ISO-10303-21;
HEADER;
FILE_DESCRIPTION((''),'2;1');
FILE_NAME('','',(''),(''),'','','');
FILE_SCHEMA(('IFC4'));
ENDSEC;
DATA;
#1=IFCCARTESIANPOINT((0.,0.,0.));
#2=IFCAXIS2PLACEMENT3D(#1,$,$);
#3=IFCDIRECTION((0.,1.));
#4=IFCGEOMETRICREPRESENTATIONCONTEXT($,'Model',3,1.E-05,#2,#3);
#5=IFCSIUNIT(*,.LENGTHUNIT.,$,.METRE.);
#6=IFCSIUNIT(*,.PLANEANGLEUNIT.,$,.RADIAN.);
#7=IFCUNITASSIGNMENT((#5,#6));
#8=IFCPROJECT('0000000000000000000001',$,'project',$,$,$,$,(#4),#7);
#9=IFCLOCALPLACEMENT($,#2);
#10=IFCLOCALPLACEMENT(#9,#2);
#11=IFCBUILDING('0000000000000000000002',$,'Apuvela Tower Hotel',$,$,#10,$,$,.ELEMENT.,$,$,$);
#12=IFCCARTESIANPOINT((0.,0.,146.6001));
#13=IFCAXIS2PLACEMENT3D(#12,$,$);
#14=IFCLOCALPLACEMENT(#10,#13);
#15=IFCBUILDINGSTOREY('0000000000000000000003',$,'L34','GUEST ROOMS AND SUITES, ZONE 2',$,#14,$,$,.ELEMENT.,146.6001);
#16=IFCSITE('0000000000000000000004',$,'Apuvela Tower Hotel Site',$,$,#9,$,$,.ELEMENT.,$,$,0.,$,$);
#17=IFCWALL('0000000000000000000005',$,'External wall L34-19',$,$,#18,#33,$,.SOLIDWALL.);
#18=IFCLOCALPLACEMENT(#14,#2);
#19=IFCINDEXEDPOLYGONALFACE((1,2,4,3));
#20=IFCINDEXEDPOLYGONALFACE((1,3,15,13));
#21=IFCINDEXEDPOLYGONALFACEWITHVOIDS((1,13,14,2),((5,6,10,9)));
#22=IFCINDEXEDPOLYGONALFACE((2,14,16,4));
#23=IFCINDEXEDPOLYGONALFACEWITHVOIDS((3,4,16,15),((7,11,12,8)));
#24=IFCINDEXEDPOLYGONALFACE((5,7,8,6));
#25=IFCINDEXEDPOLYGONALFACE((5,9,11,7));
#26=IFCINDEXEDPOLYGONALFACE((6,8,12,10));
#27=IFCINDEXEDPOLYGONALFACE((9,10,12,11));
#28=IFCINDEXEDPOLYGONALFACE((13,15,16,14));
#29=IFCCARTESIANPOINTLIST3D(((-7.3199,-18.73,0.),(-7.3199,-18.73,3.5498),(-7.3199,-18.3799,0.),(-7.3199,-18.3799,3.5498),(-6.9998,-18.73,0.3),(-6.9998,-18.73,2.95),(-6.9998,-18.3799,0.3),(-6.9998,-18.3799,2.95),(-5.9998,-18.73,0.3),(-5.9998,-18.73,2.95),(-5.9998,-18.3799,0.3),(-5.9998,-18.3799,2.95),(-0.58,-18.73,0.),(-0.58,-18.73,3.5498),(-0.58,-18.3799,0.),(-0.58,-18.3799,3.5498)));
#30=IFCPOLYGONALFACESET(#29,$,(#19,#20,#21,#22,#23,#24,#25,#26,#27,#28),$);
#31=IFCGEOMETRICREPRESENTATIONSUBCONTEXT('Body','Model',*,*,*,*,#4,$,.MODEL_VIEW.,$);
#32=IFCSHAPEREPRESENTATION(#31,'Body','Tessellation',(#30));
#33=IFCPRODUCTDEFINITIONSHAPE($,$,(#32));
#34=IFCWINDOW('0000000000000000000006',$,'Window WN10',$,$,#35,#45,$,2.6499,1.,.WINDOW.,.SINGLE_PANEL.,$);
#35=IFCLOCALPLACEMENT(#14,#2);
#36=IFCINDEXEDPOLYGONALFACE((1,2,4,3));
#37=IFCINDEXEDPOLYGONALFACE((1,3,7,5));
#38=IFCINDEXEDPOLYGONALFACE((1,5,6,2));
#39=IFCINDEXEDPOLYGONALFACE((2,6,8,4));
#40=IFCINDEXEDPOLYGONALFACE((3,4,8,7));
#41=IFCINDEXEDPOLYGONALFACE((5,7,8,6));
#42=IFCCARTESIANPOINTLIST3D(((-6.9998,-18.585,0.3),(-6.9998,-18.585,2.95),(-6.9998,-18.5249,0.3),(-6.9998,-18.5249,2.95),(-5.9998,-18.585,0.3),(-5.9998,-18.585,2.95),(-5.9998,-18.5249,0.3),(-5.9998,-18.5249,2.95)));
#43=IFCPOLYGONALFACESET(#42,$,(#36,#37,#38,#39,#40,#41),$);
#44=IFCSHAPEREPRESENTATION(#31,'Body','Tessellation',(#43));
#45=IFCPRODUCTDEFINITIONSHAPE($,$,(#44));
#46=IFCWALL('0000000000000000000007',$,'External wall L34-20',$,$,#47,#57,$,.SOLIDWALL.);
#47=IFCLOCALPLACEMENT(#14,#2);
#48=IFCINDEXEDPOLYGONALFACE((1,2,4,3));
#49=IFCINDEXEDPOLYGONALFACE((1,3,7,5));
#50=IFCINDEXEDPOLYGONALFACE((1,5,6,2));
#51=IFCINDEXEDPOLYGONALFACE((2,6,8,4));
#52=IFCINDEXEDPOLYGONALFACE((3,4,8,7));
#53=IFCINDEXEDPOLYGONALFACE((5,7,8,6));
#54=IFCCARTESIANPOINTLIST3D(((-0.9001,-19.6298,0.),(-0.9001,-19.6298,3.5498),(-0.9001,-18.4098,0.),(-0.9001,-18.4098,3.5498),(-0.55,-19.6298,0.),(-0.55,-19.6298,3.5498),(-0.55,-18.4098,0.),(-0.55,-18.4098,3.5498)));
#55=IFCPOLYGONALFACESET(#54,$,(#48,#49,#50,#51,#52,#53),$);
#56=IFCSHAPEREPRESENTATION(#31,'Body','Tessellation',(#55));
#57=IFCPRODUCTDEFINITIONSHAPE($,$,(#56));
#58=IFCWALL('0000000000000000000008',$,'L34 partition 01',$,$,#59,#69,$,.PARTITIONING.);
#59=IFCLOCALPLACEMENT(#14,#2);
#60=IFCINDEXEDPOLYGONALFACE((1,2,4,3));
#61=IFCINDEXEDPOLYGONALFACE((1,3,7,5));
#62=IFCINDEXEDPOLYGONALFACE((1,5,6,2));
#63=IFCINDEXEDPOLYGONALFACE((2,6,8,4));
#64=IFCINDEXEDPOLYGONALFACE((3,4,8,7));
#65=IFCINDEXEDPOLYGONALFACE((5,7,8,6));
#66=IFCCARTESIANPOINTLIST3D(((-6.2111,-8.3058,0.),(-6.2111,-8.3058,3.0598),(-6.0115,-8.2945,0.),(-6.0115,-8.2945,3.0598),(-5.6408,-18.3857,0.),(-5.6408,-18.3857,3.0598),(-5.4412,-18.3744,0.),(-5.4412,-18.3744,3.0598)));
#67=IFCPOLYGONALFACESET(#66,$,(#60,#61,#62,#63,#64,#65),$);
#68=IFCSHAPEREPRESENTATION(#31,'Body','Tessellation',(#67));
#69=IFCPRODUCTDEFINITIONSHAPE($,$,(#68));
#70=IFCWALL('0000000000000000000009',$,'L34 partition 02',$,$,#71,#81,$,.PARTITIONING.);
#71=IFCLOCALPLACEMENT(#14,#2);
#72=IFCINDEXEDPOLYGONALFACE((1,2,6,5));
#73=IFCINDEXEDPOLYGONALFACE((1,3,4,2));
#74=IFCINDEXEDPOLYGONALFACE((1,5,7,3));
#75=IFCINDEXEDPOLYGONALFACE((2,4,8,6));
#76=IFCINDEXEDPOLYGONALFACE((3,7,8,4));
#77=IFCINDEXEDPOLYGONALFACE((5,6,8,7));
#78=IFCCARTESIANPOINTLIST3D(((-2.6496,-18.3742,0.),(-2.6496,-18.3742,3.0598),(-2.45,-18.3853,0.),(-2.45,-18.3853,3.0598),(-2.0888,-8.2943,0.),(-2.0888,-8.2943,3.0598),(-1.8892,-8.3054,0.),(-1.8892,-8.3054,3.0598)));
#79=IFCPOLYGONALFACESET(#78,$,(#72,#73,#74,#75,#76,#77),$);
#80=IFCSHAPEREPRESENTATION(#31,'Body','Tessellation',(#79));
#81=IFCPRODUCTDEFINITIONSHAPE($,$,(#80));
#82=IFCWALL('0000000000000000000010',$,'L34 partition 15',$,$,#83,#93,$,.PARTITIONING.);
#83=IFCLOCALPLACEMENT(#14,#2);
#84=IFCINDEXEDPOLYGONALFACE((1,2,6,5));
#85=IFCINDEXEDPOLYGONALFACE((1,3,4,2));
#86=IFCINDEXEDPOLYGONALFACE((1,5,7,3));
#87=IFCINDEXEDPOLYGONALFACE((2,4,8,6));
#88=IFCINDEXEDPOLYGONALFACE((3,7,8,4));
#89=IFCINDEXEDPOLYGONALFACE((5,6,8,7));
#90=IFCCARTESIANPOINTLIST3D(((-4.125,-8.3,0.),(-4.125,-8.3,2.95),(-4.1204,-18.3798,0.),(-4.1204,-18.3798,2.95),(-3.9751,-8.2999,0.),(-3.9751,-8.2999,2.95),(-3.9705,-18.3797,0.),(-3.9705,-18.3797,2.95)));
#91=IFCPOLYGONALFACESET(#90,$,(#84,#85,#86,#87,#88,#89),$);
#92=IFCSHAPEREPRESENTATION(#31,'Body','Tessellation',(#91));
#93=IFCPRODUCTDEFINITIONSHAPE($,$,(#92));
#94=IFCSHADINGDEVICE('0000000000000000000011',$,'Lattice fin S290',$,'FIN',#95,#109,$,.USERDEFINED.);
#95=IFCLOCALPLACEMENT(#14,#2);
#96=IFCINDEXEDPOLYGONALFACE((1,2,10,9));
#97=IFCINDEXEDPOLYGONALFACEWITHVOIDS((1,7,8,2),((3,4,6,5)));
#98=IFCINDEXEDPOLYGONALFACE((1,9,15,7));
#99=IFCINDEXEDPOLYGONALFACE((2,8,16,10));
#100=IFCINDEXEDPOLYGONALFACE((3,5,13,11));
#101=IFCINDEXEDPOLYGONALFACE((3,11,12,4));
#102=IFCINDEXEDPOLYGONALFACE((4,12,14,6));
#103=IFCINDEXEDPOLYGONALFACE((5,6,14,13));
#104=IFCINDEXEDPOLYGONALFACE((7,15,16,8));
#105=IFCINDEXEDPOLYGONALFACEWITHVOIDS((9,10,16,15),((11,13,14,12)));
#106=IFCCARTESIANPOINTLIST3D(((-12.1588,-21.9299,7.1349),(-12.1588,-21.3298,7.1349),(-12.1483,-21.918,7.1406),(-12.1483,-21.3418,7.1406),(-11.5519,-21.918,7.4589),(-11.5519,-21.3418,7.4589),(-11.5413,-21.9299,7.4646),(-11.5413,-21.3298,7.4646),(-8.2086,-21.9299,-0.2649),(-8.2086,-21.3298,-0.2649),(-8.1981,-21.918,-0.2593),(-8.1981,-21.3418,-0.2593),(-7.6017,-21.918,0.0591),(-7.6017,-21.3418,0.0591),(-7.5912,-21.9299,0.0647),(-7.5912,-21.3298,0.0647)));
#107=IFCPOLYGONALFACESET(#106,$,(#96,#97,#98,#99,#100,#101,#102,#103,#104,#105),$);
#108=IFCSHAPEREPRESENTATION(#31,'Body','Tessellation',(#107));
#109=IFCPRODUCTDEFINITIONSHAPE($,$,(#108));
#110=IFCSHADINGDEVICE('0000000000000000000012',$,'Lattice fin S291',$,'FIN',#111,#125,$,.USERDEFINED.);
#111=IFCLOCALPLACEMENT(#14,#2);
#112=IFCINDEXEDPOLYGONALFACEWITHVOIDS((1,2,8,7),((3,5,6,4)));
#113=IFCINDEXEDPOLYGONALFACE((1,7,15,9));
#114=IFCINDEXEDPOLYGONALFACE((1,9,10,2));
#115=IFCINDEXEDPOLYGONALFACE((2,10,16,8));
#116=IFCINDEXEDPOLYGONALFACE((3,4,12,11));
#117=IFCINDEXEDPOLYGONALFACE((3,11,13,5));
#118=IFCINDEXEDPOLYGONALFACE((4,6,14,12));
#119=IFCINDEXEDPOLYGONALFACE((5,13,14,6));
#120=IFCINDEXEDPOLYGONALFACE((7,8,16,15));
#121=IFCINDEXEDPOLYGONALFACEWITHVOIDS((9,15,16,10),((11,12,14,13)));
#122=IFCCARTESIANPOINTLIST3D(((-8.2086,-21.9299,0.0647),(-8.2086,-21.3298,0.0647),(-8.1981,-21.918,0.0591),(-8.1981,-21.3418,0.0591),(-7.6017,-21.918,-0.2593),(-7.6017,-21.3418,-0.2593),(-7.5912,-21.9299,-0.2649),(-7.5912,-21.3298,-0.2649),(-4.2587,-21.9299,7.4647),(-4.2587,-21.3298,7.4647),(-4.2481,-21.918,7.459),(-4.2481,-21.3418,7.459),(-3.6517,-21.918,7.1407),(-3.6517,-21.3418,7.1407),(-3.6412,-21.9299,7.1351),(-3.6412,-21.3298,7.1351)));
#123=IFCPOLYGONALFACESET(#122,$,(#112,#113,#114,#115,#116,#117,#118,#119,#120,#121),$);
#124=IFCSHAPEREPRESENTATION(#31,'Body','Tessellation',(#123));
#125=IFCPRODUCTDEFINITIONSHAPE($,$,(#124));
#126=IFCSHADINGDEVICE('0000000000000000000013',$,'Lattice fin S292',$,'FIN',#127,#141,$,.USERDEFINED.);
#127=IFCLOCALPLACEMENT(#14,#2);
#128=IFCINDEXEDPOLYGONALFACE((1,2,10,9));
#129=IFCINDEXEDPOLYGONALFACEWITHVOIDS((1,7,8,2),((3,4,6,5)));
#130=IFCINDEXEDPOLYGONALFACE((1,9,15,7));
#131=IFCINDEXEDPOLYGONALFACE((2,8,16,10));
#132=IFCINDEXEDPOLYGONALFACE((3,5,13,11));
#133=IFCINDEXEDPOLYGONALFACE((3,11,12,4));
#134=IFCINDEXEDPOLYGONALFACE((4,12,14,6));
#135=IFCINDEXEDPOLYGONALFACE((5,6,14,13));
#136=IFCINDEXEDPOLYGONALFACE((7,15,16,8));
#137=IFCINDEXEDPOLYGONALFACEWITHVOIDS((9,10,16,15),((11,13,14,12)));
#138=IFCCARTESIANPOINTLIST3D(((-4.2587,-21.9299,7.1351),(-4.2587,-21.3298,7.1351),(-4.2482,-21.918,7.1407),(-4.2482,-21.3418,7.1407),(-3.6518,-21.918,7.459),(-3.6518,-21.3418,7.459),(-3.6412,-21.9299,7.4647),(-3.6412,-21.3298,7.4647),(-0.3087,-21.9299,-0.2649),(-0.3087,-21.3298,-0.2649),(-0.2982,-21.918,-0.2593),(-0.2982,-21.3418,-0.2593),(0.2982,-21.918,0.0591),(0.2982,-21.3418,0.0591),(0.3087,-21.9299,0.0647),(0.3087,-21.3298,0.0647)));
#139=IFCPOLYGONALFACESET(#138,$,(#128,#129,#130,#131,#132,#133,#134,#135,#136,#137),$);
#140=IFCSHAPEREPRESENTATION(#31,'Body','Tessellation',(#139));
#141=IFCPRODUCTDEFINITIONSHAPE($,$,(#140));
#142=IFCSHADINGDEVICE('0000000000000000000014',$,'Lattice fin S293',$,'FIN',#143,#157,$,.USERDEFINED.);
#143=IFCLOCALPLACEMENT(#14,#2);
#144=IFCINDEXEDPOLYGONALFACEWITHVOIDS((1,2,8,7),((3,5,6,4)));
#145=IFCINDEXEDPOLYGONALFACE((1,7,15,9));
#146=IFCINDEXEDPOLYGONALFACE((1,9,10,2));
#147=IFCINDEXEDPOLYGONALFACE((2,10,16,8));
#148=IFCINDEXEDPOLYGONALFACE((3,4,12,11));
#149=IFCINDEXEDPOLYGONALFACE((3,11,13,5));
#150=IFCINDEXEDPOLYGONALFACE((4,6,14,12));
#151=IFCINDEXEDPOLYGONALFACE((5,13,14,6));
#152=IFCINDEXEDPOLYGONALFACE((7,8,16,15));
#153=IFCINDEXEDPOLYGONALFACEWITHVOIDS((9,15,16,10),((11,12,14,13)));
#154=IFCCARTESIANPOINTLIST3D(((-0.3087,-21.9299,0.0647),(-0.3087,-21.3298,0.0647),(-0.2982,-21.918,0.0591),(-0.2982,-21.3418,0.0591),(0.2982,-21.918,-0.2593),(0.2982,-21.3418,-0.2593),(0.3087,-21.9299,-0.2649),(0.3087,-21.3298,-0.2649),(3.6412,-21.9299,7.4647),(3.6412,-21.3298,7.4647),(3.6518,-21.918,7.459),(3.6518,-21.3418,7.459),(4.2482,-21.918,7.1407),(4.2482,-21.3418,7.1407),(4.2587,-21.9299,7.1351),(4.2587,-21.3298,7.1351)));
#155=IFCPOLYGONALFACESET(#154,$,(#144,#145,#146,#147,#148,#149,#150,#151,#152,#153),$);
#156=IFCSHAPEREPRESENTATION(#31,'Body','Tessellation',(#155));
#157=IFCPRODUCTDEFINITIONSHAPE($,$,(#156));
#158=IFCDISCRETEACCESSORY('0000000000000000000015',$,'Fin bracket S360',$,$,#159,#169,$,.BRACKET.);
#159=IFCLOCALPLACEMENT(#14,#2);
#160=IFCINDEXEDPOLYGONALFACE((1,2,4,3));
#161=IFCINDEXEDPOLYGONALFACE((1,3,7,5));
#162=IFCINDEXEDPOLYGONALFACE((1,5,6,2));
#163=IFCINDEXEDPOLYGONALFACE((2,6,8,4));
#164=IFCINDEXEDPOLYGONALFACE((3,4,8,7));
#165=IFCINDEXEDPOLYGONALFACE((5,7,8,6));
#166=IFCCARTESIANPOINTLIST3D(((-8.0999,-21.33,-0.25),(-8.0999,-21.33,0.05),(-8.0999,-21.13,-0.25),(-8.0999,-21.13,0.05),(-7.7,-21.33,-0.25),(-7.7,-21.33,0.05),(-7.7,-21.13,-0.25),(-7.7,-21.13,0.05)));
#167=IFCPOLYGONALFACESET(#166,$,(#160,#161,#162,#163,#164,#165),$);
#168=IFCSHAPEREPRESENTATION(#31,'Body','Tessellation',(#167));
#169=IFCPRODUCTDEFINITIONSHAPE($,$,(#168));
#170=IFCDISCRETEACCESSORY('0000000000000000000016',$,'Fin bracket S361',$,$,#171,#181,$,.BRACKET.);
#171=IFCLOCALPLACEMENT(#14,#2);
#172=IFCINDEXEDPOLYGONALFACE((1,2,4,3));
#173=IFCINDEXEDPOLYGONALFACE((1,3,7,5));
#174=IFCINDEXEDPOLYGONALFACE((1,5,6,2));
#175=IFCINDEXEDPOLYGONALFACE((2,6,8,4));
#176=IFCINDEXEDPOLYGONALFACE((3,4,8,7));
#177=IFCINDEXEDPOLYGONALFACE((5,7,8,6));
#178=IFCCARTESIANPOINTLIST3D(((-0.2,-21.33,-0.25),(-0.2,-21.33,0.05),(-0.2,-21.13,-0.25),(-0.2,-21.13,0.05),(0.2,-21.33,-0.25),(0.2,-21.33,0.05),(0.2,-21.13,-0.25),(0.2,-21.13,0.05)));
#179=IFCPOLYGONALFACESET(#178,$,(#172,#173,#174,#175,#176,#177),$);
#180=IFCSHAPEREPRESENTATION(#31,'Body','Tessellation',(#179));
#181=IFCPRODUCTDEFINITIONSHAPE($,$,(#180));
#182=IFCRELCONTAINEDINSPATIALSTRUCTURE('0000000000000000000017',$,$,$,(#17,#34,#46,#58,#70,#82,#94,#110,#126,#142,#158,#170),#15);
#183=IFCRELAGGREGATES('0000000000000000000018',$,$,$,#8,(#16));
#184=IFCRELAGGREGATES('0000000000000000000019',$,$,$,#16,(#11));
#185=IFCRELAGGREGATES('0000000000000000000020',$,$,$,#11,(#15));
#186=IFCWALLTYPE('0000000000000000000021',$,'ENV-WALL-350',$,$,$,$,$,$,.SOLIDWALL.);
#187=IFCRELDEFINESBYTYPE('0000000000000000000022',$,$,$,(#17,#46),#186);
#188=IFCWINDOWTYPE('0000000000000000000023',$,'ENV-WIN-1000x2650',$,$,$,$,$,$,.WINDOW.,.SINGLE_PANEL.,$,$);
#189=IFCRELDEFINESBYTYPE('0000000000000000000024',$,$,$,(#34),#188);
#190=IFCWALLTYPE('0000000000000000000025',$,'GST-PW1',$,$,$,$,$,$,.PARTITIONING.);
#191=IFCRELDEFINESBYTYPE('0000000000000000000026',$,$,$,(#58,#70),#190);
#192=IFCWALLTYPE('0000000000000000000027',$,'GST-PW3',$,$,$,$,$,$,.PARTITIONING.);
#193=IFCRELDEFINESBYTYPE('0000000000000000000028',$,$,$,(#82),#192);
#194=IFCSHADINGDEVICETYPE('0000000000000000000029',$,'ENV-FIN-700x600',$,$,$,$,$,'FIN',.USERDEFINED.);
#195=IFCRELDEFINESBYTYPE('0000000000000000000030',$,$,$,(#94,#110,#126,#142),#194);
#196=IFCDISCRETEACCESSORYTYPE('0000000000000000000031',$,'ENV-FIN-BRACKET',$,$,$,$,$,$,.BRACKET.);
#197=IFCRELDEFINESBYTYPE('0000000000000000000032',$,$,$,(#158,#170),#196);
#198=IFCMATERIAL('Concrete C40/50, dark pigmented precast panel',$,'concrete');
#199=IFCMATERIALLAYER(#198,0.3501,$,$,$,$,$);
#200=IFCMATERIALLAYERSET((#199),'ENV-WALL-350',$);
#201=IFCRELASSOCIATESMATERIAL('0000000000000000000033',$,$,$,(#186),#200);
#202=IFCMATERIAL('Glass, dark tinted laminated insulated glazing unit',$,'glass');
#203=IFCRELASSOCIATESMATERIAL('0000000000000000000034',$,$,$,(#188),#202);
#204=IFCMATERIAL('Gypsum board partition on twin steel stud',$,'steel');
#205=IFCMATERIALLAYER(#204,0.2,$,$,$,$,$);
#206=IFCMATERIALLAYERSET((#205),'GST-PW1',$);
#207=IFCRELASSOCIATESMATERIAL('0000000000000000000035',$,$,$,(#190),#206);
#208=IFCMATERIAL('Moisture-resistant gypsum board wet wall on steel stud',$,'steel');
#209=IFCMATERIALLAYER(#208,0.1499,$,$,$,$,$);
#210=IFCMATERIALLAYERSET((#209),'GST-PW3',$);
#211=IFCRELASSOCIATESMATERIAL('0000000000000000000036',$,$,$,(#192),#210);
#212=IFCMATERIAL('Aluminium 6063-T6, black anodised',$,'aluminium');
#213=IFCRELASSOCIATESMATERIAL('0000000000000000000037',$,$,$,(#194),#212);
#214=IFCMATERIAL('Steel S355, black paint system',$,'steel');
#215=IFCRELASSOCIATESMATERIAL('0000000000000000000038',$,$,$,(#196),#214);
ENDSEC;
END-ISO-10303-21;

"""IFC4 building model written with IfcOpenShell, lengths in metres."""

from ifc_helpers import new_model, si_unit, direction, frame, frame_2d, origin, origin_2d, place, context, subcontext, project, spatial, rectangle, hollow_rectangle, extrude, material, layer, layer_set, material_profile, profile_set, type_object, element, fill, save


model = new_model("IFC4")

# Units and contexts
model_context = context("Model", 3, precision=1e-05, world=origin(), true_north=direction((0.0, 1.0)))
body_context = subcontext(model_context, "Body", "Model", "MODEL_VIEW")
ifc_project = project(units=[si_unit("LENGTHUNIT", "METRE"), si_unit("PLANEANGLEUNIT", "RADIAN")], contexts=[model_context])

# Site, building, storey
site_placement = place(None, origin())
site = spatial("IfcSite", under=ifc_project, at=site_placement, Name="Apuvela Tower Hotel Site", CompositionType="ELEMENT", RefElevation=0.0)
building_placement = place(site_placement, origin())
building = spatial("IfcBuilding", under=site, at=building_placement, Name="Apuvela Tower Hotel", CompositionType="ELEMENT")
storey_placement = place(building_placement, frame((0.0, 0.0, 146.6001)))
storey = spatial("IfcBuildingStorey", under=building, at=storey_placement, Name="L34", Description="GUEST ROOMS AND SUITES, ZONE 2", CompositionType="ELEMENT", Elevation=146.6001)

# Shared definitions
ifc_material_1 = material(Name="Concrete C40/50, dark pigmented precast panel", Category="concrete")
ifc_layer_1 = layer(ifc_material_1, 0.3501)
ifc_layer_set_1 = layer_set([ifc_layer_1], Name="ENV-WALL-350")
wall_type_1 = type_object("IfcWallType", Name="ENV-WALL-350", PredefinedType="SOLIDWALL", material=ifc_layer_set_1)

# Wall, opening, window
wall_1_placement = place(storey_placement, frame((-7.3201, -18.5549, 0.0), z_axis=(0.0, 0.0, 1.0), x_axis=(1.0, 0.0, 0.0)))
wall_1 = element("IfcWall", 1, at=wall_1_placement, inside=storey, type_object=wall_type_1, Name="External wall L34-19", PredefinedType="SOLIDWALL", context=body_context, shape_type="SweptSolid", body=[
    extrude(rectangle(XDim=6.74, YDim=0.3501, at=frame_2d((3.3701, 0.0))), origin(), (0.0, 0.0, 1.0), 3.5498),
])
opening_1_placement = place(wall_1_placement, frame((0.3203, 0.0, 0.3)))
opening_1 = element("IfcOpeningElement", 2, at=opening_1_placement, cuts=wall_1, PredefinedType="OPENING", context=body_context, shape_type="SweptSolid", body=[
    extrude(rectangle(XDim=1.0, YDim=2.6499, at=frame_2d((0.5, 1.325))), frame((0.0, 0.1851, 0.0), z_axis=(0.0, -1.0, 0.0), x_axis=(1.0, 0.0, 0.0)), (0.0, 0.0, 1.0), 0.3701),
])
ifc_material_2 = material(Name="Glass, dark tinted laminated insulated glazing unit", Category="glass")
window_type = type_object("IfcWindowType", Name="ENV-WIN-1000x2650", PartitioningType="SINGLE_PANEL", PredefinedType="WINDOW", material=ifc_material_2)
window_placement = place(opening_1_placement, origin())
window = element("IfcWindow", 3, at=window_placement, inside=storey, type_object=window_type, Name="Window WN10", OverallHeight=2.6499, OverallWidth=1.0, PartitioningType="SINGLE_PANEL", PredefinedType="WINDOW", context=body_context, shape_type="SweptSolid", body=[
    extrude(rectangle(XDim=1.0, YDim=2.6499, at=frame_2d((0.5, 1.325))), frame((0.0, 0.03, 0.0), z_axis=(0.0, -1.0, 0.0), x_axis=(1.0, 0.0, 0.0)), (0.0, 0.0, 1.0), 0.0601),
])
fill(opening_1, window)

# Wall
wall_2_placement = place(storey_placement, frame((-0.7251, -18.4099, 0.0), z_axis=(0.0, 0.0, 1.0), x_axis=(0.0, -1.0, 0.0)))
element("IfcWall", 4, at=wall_2_placement, inside=storey, type_object=wall_type_1, Name="External wall L34-20", PredefinedType="SOLIDWALL", context=body_context, shape_type="SweptSolid", body=[
    extrude(rectangle(XDim=1.22, YDim=0.3501, at=frame_2d((0.6099, 0.0))), origin(), (0.0, 0.0, 1.0), 3.5498),
])

# Walls
ifc_material_3 = material(Name="Gypsum board partition on twin steel stud", Category="steel")
ifc_layer_2 = layer(ifc_material_3, 0.2)
ifc_layer_set_2 = layer_set([ifc_layer_2], Name="GST-PW1")
wall_type_2 = type_object("IfcWallType", Name="GST-PW1", PredefinedType="PARTITIONING", material=ifc_layer_set_2)
wall_3_placement = place(storey_placement, frame((-5.541, -18.3799, 0.0), z_axis=(0.0, 0.0, 1.0), x_axis=(-0.056489, 0.998403, 0.0)))
element("IfcWall", 5, at=wall_3_placement, inside=storey, type_object=wall_type_2, Name="L34 partition 01", PredefinedType="PARTITIONING", context=body_context, shape_type="SweptSolid", body=[
    extrude(rectangle(XDim=10.0959, YDim=0.2, at=frame_2d((5.0479, 0.0))), origin(), (0.0, 0.0, 1.0), 3.0598),
])
wall_4_placement = place(storey_placement, frame((-2.5498, -18.3799, 0.0), z_axis=(0.0, 0.0, 1.0), x_axis=(0.055549, 0.998456, 0.0)))
element("IfcWall", 6, at=wall_4_placement, inside=storey, type_object=wall_type_2, Name="L34 partition 02", PredefinedType="PARTITIONING", context=body_context, shape_type="SweptSolid", body=[
    extrude(rectangle(XDim=10.0955, YDim=0.2, at=frame_2d((5.0479, 0.0))), origin(), (0.0, 0.0, 1.0), 3.0598),
])
ifc_material_4 = material(Name="Moisture-resistant gypsum board wet wall on steel stud", Category="steel")
ifc_layer_3 = layer(ifc_material_4, 0.1499)
ifc_layer_set_3 = layer_set([ifc_layer_3], Name="GST-PW3")
wall_type_3 = type_object("IfcWallType", Name="GST-PW3", PredefinedType="PARTITIONING", material=ifc_layer_set_3)
wall_5_placement = place(storey_placement, frame((-4.0454, -18.3799, 0.0), z_axis=(0.0, 0.0, 1.0), x_axis=(-0.00046, 1.0, 0.0)))
element("IfcWall", 7, at=wall_5_placement, inside=storey, type_object=wall_type_3, Name="L34 partition 15", PredefinedType="PARTITIONING", context=body_context, shape_type="SweptSolid", body=[
    extrude(rectangle(XDim=10.0798, YDim=0.1499, at=frame_2d((5.04, 0.0))), origin(), (0.0, 0.0, 1.0), 2.95),
])

# Shading devices
ifc_material_5 = material(Name="Aluminium 6063-T6, black anodised", Category="aluminium")
ifc_material_profile_1 = material_profile(ifc_material_5, hollow_rectangle(XDim=0.6001, YDim=0.7, WallThickness=0.012, at=origin_2d()), Name="AL BOX 700x600x12")
ifc_profile_set_1 = profile_set([ifc_material_profile_1], Name="Aluminium 6063-T6, black anodised")
shading_device_type = type_object("IfcShadingDeviceType", Name="ENV-FIN-700x600", ElementType="FIN", PredefinedType="USERDEFINED", material=ifc_profile_set_1)
for number, where, z_axis, x_axis, name in (
    (8, (-7.8999, -21.6299, -0.1001), (-0.470921, 0.0, 0.882176), (0.0, -1.0, 0.0), "Lattice fin S290"),
    (9, (-7.8999, -21.6299, -0.1001), (0.470898, 0.0, 0.882188), (0.0, 1.0, 0.0), "Lattice fin S291"),
    (10, (0.0, -21.6299, -0.1001), (-0.470898, 0.0, 0.882188), (0.0, -1.0, 0.0), "Lattice fin S292"),
    (11, (0.0, -21.6299, -0.1001), (0.470898, 0.0, 0.882188), (0.0, 1.0, 0.0), "Lattice fin S293"),
):
    element("IfcShadingDevice", number, at=place(storey_placement, frame(where, z_axis=z_axis, x_axis=x_axis)), inside=storey, type_object=shading_device_type, Name=name, ObjectType="FIN", PredefinedType="USERDEFINED", context=body_context, shape_type="SweptSolid", body=[
        extrude(hollow_rectangle(XDim=0.6001, YDim=0.7, WallThickness=0.012, at=origin_2d()), origin(), (0.0, 0.0, 1.0), 8.3882),
    ])

# Discrete accessories
ifc_material_6 = material(Name="Steel S355, black paint system", Category="steel")
discrete_accessory_type = type_object("IfcDiscreteAccessoryType", Name="ENV-FIN-BRACKET", PredefinedType="BRACKET", material=ifc_material_6)
for number, where, z_axis, x_axis, name in (
    (12, (-7.8999, -21.23, -0.25), (0.0, 0.0, 1.0), (1.0, 0.0, 0.0), "Fin bracket S360"),
    (13, (0.0, -21.23, -0.25), (0.0, 0.0, 1.0), (1.0, 0.0, 0.0), "Fin bracket S361"),
):
    element("IfcDiscreteAccessory", number, at=place(storey_placement, frame(where, z_axis=z_axis, x_axis=x_axis)), inside=storey, type_object=discrete_accessory_type, Name=name, PredefinedType="BRACKET", context=body_context, shape_type="SweptSolid", body=[
        extrude(rectangle(XDim=0.3999, YDim=0.2, at=origin_2d()), origin(), (0.0, 0.0, 1.0), 0.3),
    ])

save(model, "model.ifc")
